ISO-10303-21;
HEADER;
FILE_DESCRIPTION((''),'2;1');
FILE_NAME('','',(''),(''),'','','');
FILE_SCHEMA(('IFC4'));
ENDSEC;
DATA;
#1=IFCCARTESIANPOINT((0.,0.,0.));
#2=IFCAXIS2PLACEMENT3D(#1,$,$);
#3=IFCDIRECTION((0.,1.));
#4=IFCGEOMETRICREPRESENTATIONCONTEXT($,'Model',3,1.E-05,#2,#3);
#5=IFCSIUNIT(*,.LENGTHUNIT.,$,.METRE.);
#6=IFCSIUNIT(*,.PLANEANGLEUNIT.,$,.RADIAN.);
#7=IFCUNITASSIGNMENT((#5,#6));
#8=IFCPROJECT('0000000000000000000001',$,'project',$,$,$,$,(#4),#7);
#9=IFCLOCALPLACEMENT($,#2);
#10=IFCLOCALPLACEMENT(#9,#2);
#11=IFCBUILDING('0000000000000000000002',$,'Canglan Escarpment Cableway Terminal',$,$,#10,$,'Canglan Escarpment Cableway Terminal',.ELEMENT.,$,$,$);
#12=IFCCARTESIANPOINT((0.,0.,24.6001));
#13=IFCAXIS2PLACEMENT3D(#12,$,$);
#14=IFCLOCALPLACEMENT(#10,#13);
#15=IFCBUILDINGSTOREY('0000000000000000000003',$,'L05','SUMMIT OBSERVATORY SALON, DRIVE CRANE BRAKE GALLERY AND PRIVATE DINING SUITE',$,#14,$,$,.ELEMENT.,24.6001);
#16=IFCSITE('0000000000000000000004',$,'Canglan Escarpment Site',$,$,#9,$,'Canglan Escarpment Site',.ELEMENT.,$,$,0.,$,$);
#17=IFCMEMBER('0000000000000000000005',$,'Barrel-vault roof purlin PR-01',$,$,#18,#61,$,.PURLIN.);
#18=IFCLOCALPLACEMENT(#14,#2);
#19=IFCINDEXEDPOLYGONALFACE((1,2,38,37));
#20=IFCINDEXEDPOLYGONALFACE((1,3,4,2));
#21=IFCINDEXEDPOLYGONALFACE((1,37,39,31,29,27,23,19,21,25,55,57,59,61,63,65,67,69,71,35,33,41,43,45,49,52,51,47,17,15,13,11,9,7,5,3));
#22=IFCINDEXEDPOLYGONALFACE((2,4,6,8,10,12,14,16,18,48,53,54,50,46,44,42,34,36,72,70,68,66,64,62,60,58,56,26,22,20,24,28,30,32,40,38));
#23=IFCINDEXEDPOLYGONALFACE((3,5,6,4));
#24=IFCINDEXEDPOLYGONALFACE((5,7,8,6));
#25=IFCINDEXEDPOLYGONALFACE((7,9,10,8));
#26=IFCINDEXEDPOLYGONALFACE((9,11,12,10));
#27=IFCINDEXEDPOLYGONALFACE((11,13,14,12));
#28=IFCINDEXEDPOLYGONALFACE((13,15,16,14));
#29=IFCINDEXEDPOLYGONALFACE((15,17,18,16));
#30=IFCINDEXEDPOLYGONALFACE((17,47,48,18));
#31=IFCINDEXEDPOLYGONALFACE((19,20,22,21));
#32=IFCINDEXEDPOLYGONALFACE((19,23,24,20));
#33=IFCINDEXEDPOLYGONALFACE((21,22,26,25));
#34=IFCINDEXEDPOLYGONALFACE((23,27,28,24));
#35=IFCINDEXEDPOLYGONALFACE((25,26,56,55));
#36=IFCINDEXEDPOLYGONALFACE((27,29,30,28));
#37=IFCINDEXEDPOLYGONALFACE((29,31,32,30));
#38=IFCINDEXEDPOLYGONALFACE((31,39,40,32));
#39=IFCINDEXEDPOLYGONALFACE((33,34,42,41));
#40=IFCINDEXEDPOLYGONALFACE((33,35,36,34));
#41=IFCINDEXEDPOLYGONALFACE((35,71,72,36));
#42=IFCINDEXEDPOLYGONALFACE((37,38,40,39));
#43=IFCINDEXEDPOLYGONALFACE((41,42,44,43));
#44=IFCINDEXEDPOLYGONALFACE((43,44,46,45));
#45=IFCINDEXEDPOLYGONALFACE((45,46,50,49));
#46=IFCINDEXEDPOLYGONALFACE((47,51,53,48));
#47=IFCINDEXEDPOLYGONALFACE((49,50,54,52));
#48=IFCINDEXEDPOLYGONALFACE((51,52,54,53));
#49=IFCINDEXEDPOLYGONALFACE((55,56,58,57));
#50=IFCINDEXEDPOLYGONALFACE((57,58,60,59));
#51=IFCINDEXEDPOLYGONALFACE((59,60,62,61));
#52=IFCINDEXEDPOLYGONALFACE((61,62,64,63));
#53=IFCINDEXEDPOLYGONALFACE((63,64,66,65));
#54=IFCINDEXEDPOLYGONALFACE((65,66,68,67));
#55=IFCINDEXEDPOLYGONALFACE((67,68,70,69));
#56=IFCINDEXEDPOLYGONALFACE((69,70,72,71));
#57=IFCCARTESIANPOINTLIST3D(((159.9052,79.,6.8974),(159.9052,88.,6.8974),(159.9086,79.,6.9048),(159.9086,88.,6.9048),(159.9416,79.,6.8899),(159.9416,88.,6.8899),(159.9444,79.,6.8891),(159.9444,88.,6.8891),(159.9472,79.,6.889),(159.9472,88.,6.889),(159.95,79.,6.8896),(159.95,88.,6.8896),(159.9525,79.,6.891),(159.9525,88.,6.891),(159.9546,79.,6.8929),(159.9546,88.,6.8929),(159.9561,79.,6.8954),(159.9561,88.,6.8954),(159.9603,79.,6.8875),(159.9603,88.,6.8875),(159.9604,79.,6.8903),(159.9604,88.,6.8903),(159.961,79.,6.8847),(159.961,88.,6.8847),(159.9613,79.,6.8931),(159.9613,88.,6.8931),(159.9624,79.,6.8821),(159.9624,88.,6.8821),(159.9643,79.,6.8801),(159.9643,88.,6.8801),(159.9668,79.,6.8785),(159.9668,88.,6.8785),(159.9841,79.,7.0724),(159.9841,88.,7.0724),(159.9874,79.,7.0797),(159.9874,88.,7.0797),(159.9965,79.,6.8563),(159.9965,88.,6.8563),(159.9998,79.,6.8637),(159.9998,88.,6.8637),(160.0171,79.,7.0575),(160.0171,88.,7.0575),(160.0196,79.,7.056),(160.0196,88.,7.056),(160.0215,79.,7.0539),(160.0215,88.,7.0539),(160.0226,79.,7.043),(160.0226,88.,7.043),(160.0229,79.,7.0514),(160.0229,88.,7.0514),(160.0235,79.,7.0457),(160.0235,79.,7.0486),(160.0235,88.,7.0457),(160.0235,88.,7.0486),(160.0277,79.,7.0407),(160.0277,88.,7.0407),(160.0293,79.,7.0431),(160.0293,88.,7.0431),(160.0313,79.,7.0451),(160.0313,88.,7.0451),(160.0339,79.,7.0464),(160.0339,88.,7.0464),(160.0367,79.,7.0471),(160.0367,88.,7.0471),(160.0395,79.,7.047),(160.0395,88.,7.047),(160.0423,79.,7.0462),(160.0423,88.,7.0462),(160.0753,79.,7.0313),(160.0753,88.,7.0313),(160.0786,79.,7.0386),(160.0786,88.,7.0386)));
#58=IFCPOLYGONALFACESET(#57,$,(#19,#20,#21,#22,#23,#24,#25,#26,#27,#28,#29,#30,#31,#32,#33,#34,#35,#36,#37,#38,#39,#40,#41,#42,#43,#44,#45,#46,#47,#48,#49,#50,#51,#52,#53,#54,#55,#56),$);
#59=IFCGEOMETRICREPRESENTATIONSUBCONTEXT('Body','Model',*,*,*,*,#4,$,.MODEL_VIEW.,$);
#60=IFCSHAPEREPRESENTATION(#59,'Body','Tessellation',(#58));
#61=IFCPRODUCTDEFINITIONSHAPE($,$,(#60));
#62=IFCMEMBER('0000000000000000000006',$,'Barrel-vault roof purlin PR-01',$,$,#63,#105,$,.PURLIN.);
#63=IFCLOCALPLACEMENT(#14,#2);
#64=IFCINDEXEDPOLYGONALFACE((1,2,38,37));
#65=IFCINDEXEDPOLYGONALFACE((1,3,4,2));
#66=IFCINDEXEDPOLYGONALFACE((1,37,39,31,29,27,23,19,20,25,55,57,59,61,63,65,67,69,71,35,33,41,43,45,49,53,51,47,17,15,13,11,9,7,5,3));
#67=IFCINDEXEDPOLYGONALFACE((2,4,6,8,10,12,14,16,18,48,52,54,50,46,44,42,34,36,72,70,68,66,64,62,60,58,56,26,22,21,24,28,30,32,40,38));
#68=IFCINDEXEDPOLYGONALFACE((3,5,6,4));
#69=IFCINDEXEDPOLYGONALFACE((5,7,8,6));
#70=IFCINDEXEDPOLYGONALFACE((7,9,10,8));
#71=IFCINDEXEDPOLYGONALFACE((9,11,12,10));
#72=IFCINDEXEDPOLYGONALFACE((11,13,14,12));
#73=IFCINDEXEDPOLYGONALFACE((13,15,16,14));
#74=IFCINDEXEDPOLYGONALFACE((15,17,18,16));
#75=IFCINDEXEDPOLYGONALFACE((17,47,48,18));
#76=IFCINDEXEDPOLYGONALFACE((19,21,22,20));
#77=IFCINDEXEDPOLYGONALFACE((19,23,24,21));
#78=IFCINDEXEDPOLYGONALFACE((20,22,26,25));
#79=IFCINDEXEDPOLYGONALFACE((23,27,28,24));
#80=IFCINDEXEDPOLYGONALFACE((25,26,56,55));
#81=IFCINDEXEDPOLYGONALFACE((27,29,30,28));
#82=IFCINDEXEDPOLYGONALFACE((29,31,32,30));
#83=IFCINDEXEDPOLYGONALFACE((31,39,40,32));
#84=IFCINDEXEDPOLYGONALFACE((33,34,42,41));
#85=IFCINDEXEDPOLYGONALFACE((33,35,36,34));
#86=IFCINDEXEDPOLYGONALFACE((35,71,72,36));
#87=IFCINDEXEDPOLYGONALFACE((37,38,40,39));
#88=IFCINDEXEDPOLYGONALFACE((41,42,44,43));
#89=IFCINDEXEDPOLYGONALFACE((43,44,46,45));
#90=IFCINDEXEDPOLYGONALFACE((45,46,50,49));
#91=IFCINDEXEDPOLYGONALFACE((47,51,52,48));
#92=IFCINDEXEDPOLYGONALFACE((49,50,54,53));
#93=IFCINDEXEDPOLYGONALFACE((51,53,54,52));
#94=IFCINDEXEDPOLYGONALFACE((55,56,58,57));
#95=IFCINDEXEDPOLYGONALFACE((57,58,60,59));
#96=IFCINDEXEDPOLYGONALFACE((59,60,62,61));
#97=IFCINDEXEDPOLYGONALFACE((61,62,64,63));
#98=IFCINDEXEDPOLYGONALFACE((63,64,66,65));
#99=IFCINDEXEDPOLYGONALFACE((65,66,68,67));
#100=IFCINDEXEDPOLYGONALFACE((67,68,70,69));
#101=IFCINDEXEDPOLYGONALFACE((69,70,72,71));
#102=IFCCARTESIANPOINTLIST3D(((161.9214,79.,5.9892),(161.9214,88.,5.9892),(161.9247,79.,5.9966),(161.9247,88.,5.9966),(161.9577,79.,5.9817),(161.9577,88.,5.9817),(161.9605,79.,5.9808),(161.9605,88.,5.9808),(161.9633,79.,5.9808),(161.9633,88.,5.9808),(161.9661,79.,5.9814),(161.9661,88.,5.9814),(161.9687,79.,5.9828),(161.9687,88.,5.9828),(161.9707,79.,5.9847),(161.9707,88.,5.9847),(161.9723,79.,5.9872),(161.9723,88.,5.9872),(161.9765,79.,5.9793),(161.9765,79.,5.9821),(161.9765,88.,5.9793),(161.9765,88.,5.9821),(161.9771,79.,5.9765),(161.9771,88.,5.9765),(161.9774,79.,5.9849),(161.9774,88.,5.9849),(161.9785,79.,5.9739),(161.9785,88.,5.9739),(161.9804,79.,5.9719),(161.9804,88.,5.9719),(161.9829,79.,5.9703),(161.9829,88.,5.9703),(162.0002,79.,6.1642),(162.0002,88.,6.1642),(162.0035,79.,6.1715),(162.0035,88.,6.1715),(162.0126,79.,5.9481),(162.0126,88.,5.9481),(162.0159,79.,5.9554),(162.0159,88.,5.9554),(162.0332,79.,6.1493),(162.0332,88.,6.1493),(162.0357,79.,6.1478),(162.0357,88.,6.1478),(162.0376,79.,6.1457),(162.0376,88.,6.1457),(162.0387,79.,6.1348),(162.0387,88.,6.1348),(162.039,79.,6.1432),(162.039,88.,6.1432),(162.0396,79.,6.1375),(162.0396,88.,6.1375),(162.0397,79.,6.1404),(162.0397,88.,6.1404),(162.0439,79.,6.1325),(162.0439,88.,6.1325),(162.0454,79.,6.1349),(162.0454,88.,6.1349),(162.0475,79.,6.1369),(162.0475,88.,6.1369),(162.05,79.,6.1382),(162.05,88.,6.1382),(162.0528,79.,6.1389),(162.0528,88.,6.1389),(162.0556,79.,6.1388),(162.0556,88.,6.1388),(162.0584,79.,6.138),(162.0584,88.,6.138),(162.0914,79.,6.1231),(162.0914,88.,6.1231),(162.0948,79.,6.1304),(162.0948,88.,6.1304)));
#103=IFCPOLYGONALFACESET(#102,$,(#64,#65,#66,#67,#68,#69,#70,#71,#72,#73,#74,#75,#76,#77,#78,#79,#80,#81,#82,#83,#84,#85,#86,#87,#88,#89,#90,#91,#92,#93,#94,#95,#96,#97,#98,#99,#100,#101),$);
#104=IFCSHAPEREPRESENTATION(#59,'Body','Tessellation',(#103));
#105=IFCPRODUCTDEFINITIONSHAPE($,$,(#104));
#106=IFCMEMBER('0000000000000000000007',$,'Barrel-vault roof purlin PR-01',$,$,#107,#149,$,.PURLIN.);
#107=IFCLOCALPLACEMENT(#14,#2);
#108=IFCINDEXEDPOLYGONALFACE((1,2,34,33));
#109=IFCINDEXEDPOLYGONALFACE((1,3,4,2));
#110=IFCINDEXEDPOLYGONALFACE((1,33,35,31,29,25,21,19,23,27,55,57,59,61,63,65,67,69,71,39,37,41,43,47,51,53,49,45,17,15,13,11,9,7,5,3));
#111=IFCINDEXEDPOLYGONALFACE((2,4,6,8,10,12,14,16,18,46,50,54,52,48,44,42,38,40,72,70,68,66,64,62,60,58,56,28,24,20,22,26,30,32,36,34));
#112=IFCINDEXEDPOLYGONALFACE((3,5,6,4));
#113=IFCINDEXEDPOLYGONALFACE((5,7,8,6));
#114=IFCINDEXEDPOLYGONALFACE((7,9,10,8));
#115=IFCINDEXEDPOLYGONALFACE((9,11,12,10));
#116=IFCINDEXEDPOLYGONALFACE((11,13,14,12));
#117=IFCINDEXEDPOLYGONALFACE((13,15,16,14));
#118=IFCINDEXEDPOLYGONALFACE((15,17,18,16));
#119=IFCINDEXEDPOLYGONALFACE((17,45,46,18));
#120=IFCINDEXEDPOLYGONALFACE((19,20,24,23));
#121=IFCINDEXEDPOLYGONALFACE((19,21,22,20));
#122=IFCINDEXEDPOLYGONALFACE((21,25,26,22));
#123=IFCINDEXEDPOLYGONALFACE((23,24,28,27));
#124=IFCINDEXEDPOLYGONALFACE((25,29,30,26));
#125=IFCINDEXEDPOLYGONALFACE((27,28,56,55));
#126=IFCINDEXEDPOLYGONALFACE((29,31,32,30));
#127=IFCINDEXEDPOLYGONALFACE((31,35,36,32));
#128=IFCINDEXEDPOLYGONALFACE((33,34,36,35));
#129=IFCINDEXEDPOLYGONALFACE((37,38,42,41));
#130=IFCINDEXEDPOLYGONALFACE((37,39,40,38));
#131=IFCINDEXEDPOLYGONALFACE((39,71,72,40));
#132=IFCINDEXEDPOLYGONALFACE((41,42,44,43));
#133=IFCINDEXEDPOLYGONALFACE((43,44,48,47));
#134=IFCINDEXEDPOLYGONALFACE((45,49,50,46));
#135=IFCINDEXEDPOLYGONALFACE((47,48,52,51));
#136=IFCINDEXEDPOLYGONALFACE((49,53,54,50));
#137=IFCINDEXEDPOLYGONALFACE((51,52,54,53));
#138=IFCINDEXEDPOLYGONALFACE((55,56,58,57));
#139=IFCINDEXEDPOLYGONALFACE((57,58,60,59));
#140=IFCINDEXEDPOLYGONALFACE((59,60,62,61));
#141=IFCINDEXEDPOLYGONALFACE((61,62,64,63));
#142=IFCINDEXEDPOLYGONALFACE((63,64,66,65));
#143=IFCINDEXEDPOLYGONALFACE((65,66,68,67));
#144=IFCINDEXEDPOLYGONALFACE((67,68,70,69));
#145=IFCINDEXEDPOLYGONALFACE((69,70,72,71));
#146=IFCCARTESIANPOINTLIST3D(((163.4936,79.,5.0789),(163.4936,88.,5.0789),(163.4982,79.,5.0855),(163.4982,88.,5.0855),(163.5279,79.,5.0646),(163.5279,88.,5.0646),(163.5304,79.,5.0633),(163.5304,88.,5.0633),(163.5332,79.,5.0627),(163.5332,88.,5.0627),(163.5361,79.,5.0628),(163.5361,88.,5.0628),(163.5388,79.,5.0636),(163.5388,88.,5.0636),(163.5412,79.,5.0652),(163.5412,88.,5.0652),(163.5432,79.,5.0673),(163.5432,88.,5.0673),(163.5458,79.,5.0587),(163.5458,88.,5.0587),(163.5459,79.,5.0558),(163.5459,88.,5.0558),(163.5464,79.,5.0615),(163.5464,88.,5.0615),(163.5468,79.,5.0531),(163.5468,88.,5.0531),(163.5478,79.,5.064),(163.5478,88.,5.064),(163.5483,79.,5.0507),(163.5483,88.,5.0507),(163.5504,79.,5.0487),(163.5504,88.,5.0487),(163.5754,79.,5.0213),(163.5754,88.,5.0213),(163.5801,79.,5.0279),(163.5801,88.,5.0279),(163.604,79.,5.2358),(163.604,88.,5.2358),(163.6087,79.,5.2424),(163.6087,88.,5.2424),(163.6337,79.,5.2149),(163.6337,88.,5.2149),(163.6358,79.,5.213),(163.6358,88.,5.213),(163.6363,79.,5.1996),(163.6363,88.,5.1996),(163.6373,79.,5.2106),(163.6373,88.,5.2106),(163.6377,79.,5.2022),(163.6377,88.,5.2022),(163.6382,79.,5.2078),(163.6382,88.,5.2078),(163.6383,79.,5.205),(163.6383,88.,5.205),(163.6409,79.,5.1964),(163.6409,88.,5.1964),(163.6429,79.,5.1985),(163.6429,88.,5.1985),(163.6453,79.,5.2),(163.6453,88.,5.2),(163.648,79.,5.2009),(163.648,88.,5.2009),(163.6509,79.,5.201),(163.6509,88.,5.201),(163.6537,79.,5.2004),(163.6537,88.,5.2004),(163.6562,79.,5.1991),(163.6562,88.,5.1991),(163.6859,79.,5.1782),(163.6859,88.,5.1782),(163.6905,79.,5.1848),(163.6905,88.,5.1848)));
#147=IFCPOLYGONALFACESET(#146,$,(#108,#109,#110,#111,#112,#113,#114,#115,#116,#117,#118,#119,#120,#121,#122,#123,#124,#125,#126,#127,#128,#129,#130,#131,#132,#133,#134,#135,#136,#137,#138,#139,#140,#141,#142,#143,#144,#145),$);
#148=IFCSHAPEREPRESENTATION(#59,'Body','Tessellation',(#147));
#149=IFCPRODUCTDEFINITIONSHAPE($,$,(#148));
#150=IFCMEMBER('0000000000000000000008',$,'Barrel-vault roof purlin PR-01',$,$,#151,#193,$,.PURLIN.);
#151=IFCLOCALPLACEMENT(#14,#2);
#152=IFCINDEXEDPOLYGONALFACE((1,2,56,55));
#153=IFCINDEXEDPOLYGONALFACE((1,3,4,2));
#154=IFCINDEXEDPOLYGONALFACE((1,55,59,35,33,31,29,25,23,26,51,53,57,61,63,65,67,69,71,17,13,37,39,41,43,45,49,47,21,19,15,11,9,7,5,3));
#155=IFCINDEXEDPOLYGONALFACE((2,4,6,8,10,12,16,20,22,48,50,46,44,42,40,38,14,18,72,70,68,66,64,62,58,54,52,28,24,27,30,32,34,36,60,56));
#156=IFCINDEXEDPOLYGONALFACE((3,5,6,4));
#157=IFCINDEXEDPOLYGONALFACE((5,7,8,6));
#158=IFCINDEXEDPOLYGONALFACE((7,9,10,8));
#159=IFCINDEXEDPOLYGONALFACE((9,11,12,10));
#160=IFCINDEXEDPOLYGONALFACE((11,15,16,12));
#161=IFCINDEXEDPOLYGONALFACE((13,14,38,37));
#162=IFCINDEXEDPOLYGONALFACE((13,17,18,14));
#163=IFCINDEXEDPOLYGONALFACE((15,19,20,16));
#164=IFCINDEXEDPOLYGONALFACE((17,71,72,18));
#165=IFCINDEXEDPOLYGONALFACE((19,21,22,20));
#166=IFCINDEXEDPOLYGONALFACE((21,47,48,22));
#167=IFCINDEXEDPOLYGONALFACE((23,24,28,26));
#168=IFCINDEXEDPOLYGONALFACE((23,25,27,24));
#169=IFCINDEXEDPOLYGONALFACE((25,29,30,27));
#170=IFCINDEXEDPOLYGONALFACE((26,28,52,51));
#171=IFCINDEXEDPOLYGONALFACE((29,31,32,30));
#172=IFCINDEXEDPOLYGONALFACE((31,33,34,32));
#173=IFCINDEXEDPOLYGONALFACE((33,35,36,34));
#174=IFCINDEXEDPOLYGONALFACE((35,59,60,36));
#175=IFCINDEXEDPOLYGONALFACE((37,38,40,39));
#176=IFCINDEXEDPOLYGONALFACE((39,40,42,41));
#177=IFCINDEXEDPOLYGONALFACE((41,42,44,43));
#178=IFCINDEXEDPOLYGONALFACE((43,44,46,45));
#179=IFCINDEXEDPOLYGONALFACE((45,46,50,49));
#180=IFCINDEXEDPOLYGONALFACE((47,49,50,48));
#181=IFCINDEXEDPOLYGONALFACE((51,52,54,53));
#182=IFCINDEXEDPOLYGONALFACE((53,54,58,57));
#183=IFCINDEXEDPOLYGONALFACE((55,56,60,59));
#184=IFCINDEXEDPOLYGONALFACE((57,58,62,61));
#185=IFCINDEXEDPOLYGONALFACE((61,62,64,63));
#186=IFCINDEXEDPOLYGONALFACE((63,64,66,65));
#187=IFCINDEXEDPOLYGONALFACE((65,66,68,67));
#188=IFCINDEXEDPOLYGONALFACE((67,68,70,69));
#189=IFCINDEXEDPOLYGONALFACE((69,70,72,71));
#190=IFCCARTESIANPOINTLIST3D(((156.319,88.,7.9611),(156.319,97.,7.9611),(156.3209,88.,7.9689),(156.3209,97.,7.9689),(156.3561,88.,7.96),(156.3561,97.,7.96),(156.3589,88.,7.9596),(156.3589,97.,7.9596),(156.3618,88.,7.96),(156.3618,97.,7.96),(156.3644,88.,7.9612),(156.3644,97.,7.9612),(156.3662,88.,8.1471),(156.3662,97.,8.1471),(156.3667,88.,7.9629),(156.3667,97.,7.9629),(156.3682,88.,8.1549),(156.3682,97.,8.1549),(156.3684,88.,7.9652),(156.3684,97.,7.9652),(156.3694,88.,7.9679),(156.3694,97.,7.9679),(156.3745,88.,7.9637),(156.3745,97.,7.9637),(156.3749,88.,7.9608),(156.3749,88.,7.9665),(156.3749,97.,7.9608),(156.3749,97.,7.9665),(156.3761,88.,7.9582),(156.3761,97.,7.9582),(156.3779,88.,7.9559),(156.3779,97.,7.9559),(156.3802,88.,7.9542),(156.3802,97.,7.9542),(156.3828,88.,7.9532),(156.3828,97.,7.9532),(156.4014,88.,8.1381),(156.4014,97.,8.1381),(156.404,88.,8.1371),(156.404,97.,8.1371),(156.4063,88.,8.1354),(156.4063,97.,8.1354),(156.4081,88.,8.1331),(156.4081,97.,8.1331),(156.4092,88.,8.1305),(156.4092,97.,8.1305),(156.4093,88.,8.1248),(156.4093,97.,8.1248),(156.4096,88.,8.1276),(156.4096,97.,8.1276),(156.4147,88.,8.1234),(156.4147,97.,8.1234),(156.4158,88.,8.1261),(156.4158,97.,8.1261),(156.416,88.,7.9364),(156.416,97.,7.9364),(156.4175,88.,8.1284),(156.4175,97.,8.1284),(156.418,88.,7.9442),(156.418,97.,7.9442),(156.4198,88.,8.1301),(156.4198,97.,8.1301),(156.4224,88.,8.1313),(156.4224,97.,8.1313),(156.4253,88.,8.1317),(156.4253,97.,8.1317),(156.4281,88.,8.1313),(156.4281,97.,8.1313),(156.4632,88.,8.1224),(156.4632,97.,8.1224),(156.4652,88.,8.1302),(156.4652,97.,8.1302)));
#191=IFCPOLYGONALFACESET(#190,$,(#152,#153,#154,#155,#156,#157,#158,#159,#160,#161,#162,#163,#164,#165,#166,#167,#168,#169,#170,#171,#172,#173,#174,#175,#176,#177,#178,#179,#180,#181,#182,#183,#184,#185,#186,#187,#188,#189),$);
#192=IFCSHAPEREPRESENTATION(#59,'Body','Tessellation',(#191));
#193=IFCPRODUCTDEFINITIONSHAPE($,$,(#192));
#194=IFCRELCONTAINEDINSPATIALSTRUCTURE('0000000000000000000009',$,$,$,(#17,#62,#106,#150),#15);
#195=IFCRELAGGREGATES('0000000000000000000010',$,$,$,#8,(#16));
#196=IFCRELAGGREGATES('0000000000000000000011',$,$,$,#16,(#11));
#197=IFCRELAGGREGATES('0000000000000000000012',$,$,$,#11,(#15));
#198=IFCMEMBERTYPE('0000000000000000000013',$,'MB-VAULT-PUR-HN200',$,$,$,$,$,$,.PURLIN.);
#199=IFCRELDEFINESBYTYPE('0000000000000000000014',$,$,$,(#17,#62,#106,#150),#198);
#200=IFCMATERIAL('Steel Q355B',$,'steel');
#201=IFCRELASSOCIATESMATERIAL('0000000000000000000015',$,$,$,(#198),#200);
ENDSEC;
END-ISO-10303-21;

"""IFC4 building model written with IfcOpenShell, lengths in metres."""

from ifc_helpers import new_model, si_unit, direction, frame, origin, origin_2d, place, context, subcontext, project, spatial, i_section, extrude, material, material_profile, profile_set, type_object, element, save


model = new_model("IFC4")

# Units and contexts
model_context = context("Model", 3, precision=1e-05, world=origin(), true_north=direction((0.0, 1.0)))
body_context = subcontext(model_context, "Body", "Model", "MODEL_VIEW")
ifc_project = project(units=[si_unit("LENGTHUNIT", "METRE"), si_unit("PLANEANGLEUNIT", "RADIAN")], contexts=[model_context])

# Site, building, storey
site_placement = place(None, origin())
site = spatial("IfcSite", under=ifc_project, at=site_placement, Name="Canglan Escarpment Site", LongName="Canglan Escarpment Site", CompositionType="ELEMENT", RefElevation=0.0)
building_placement = place(site_placement, origin())
building = spatial("IfcBuilding", under=site, at=building_placement, Name="Canglan Escarpment Cableway Terminal", LongName="Canglan Escarpment Cableway Terminal", CompositionType="ELEMENT")
storey_placement = place(building_placement, frame((0.0, 0.0, 24.6001)))
storey = spatial("IfcBuildingStorey", under=building, at=storey_placement, Name="L05", Description="SUMMIT OBSERVATORY SALON, DRIVE CRANE BRAKE GALLERY AND PRIVATE DINING SUITE", CompositionType="ELEMENT", Elevation=24.6001)

# Shared definitions
ifc_material = material(Name="Steel Q355B", Category="steel")

# Members
ifc_material_profile_1 = material_profile(ifc_material, i_section(OverallWidth=0.1001, OverallDepth=0.2, WebThickness=0.0056, FlangeThickness=0.0081, FilletRadius=0.011, at=origin_2d()), Name="HN 200x100x5.5x8")
ifc_profile_set_1 = profile_set([ifc_material_profile_1], Name="Steel Q355B")
member_type_1 = type_object("IfcMemberType", Name="MB-VAULT-PUR-HN200", PredefinedType="PURLIN", material=ifc_profile_set_1)
for number, where, z_axis, x_axis, name in (
    (1, (159.9919, 79.0, 6.968), (0.0, 1.0, 0.0), (-0.911741, 0.0, 0.410767), "Barrel-vault roof purlin PR-01"),
    (2, (162.0081, 79.0, 6.0598), (0.0, 1.0, 0.0), (-0.911741, 0.0, 0.410767), "Barrel-vault roof purlin PR-01"),
    (3, (163.592, 79.0, 5.1318), (0.0, 1.0, 0.0), (-0.817728, 0.0, 0.575605), "Barrel-vault roof purlin PR-01"),
    (4, (156.3921, 88.0, 8.0457), (0.0, 1.0, 0.0), (-0.969184, 0.0, 0.246339), "Barrel-vault roof purlin PR-01"),
):
    element("IfcMember", number, at=place(storey_placement, frame(where, z_axis=z_axis, x_axis=x_axis)), inside=storey, type_object=member_type_1, Name=name, PredefinedType="PURLIN", context=body_context, shape_type="SweptSolid", body=[
        extrude(i_section(OverallWidth=0.1001, OverallDepth=0.2, WebThickness=0.0056, FlangeThickness=0.0081, FilletRadius=0.011, at=origin_2d()), origin(), (0.0, 0.0, 1.0), 9.0),
    ])

save(model, "model.ifc")
